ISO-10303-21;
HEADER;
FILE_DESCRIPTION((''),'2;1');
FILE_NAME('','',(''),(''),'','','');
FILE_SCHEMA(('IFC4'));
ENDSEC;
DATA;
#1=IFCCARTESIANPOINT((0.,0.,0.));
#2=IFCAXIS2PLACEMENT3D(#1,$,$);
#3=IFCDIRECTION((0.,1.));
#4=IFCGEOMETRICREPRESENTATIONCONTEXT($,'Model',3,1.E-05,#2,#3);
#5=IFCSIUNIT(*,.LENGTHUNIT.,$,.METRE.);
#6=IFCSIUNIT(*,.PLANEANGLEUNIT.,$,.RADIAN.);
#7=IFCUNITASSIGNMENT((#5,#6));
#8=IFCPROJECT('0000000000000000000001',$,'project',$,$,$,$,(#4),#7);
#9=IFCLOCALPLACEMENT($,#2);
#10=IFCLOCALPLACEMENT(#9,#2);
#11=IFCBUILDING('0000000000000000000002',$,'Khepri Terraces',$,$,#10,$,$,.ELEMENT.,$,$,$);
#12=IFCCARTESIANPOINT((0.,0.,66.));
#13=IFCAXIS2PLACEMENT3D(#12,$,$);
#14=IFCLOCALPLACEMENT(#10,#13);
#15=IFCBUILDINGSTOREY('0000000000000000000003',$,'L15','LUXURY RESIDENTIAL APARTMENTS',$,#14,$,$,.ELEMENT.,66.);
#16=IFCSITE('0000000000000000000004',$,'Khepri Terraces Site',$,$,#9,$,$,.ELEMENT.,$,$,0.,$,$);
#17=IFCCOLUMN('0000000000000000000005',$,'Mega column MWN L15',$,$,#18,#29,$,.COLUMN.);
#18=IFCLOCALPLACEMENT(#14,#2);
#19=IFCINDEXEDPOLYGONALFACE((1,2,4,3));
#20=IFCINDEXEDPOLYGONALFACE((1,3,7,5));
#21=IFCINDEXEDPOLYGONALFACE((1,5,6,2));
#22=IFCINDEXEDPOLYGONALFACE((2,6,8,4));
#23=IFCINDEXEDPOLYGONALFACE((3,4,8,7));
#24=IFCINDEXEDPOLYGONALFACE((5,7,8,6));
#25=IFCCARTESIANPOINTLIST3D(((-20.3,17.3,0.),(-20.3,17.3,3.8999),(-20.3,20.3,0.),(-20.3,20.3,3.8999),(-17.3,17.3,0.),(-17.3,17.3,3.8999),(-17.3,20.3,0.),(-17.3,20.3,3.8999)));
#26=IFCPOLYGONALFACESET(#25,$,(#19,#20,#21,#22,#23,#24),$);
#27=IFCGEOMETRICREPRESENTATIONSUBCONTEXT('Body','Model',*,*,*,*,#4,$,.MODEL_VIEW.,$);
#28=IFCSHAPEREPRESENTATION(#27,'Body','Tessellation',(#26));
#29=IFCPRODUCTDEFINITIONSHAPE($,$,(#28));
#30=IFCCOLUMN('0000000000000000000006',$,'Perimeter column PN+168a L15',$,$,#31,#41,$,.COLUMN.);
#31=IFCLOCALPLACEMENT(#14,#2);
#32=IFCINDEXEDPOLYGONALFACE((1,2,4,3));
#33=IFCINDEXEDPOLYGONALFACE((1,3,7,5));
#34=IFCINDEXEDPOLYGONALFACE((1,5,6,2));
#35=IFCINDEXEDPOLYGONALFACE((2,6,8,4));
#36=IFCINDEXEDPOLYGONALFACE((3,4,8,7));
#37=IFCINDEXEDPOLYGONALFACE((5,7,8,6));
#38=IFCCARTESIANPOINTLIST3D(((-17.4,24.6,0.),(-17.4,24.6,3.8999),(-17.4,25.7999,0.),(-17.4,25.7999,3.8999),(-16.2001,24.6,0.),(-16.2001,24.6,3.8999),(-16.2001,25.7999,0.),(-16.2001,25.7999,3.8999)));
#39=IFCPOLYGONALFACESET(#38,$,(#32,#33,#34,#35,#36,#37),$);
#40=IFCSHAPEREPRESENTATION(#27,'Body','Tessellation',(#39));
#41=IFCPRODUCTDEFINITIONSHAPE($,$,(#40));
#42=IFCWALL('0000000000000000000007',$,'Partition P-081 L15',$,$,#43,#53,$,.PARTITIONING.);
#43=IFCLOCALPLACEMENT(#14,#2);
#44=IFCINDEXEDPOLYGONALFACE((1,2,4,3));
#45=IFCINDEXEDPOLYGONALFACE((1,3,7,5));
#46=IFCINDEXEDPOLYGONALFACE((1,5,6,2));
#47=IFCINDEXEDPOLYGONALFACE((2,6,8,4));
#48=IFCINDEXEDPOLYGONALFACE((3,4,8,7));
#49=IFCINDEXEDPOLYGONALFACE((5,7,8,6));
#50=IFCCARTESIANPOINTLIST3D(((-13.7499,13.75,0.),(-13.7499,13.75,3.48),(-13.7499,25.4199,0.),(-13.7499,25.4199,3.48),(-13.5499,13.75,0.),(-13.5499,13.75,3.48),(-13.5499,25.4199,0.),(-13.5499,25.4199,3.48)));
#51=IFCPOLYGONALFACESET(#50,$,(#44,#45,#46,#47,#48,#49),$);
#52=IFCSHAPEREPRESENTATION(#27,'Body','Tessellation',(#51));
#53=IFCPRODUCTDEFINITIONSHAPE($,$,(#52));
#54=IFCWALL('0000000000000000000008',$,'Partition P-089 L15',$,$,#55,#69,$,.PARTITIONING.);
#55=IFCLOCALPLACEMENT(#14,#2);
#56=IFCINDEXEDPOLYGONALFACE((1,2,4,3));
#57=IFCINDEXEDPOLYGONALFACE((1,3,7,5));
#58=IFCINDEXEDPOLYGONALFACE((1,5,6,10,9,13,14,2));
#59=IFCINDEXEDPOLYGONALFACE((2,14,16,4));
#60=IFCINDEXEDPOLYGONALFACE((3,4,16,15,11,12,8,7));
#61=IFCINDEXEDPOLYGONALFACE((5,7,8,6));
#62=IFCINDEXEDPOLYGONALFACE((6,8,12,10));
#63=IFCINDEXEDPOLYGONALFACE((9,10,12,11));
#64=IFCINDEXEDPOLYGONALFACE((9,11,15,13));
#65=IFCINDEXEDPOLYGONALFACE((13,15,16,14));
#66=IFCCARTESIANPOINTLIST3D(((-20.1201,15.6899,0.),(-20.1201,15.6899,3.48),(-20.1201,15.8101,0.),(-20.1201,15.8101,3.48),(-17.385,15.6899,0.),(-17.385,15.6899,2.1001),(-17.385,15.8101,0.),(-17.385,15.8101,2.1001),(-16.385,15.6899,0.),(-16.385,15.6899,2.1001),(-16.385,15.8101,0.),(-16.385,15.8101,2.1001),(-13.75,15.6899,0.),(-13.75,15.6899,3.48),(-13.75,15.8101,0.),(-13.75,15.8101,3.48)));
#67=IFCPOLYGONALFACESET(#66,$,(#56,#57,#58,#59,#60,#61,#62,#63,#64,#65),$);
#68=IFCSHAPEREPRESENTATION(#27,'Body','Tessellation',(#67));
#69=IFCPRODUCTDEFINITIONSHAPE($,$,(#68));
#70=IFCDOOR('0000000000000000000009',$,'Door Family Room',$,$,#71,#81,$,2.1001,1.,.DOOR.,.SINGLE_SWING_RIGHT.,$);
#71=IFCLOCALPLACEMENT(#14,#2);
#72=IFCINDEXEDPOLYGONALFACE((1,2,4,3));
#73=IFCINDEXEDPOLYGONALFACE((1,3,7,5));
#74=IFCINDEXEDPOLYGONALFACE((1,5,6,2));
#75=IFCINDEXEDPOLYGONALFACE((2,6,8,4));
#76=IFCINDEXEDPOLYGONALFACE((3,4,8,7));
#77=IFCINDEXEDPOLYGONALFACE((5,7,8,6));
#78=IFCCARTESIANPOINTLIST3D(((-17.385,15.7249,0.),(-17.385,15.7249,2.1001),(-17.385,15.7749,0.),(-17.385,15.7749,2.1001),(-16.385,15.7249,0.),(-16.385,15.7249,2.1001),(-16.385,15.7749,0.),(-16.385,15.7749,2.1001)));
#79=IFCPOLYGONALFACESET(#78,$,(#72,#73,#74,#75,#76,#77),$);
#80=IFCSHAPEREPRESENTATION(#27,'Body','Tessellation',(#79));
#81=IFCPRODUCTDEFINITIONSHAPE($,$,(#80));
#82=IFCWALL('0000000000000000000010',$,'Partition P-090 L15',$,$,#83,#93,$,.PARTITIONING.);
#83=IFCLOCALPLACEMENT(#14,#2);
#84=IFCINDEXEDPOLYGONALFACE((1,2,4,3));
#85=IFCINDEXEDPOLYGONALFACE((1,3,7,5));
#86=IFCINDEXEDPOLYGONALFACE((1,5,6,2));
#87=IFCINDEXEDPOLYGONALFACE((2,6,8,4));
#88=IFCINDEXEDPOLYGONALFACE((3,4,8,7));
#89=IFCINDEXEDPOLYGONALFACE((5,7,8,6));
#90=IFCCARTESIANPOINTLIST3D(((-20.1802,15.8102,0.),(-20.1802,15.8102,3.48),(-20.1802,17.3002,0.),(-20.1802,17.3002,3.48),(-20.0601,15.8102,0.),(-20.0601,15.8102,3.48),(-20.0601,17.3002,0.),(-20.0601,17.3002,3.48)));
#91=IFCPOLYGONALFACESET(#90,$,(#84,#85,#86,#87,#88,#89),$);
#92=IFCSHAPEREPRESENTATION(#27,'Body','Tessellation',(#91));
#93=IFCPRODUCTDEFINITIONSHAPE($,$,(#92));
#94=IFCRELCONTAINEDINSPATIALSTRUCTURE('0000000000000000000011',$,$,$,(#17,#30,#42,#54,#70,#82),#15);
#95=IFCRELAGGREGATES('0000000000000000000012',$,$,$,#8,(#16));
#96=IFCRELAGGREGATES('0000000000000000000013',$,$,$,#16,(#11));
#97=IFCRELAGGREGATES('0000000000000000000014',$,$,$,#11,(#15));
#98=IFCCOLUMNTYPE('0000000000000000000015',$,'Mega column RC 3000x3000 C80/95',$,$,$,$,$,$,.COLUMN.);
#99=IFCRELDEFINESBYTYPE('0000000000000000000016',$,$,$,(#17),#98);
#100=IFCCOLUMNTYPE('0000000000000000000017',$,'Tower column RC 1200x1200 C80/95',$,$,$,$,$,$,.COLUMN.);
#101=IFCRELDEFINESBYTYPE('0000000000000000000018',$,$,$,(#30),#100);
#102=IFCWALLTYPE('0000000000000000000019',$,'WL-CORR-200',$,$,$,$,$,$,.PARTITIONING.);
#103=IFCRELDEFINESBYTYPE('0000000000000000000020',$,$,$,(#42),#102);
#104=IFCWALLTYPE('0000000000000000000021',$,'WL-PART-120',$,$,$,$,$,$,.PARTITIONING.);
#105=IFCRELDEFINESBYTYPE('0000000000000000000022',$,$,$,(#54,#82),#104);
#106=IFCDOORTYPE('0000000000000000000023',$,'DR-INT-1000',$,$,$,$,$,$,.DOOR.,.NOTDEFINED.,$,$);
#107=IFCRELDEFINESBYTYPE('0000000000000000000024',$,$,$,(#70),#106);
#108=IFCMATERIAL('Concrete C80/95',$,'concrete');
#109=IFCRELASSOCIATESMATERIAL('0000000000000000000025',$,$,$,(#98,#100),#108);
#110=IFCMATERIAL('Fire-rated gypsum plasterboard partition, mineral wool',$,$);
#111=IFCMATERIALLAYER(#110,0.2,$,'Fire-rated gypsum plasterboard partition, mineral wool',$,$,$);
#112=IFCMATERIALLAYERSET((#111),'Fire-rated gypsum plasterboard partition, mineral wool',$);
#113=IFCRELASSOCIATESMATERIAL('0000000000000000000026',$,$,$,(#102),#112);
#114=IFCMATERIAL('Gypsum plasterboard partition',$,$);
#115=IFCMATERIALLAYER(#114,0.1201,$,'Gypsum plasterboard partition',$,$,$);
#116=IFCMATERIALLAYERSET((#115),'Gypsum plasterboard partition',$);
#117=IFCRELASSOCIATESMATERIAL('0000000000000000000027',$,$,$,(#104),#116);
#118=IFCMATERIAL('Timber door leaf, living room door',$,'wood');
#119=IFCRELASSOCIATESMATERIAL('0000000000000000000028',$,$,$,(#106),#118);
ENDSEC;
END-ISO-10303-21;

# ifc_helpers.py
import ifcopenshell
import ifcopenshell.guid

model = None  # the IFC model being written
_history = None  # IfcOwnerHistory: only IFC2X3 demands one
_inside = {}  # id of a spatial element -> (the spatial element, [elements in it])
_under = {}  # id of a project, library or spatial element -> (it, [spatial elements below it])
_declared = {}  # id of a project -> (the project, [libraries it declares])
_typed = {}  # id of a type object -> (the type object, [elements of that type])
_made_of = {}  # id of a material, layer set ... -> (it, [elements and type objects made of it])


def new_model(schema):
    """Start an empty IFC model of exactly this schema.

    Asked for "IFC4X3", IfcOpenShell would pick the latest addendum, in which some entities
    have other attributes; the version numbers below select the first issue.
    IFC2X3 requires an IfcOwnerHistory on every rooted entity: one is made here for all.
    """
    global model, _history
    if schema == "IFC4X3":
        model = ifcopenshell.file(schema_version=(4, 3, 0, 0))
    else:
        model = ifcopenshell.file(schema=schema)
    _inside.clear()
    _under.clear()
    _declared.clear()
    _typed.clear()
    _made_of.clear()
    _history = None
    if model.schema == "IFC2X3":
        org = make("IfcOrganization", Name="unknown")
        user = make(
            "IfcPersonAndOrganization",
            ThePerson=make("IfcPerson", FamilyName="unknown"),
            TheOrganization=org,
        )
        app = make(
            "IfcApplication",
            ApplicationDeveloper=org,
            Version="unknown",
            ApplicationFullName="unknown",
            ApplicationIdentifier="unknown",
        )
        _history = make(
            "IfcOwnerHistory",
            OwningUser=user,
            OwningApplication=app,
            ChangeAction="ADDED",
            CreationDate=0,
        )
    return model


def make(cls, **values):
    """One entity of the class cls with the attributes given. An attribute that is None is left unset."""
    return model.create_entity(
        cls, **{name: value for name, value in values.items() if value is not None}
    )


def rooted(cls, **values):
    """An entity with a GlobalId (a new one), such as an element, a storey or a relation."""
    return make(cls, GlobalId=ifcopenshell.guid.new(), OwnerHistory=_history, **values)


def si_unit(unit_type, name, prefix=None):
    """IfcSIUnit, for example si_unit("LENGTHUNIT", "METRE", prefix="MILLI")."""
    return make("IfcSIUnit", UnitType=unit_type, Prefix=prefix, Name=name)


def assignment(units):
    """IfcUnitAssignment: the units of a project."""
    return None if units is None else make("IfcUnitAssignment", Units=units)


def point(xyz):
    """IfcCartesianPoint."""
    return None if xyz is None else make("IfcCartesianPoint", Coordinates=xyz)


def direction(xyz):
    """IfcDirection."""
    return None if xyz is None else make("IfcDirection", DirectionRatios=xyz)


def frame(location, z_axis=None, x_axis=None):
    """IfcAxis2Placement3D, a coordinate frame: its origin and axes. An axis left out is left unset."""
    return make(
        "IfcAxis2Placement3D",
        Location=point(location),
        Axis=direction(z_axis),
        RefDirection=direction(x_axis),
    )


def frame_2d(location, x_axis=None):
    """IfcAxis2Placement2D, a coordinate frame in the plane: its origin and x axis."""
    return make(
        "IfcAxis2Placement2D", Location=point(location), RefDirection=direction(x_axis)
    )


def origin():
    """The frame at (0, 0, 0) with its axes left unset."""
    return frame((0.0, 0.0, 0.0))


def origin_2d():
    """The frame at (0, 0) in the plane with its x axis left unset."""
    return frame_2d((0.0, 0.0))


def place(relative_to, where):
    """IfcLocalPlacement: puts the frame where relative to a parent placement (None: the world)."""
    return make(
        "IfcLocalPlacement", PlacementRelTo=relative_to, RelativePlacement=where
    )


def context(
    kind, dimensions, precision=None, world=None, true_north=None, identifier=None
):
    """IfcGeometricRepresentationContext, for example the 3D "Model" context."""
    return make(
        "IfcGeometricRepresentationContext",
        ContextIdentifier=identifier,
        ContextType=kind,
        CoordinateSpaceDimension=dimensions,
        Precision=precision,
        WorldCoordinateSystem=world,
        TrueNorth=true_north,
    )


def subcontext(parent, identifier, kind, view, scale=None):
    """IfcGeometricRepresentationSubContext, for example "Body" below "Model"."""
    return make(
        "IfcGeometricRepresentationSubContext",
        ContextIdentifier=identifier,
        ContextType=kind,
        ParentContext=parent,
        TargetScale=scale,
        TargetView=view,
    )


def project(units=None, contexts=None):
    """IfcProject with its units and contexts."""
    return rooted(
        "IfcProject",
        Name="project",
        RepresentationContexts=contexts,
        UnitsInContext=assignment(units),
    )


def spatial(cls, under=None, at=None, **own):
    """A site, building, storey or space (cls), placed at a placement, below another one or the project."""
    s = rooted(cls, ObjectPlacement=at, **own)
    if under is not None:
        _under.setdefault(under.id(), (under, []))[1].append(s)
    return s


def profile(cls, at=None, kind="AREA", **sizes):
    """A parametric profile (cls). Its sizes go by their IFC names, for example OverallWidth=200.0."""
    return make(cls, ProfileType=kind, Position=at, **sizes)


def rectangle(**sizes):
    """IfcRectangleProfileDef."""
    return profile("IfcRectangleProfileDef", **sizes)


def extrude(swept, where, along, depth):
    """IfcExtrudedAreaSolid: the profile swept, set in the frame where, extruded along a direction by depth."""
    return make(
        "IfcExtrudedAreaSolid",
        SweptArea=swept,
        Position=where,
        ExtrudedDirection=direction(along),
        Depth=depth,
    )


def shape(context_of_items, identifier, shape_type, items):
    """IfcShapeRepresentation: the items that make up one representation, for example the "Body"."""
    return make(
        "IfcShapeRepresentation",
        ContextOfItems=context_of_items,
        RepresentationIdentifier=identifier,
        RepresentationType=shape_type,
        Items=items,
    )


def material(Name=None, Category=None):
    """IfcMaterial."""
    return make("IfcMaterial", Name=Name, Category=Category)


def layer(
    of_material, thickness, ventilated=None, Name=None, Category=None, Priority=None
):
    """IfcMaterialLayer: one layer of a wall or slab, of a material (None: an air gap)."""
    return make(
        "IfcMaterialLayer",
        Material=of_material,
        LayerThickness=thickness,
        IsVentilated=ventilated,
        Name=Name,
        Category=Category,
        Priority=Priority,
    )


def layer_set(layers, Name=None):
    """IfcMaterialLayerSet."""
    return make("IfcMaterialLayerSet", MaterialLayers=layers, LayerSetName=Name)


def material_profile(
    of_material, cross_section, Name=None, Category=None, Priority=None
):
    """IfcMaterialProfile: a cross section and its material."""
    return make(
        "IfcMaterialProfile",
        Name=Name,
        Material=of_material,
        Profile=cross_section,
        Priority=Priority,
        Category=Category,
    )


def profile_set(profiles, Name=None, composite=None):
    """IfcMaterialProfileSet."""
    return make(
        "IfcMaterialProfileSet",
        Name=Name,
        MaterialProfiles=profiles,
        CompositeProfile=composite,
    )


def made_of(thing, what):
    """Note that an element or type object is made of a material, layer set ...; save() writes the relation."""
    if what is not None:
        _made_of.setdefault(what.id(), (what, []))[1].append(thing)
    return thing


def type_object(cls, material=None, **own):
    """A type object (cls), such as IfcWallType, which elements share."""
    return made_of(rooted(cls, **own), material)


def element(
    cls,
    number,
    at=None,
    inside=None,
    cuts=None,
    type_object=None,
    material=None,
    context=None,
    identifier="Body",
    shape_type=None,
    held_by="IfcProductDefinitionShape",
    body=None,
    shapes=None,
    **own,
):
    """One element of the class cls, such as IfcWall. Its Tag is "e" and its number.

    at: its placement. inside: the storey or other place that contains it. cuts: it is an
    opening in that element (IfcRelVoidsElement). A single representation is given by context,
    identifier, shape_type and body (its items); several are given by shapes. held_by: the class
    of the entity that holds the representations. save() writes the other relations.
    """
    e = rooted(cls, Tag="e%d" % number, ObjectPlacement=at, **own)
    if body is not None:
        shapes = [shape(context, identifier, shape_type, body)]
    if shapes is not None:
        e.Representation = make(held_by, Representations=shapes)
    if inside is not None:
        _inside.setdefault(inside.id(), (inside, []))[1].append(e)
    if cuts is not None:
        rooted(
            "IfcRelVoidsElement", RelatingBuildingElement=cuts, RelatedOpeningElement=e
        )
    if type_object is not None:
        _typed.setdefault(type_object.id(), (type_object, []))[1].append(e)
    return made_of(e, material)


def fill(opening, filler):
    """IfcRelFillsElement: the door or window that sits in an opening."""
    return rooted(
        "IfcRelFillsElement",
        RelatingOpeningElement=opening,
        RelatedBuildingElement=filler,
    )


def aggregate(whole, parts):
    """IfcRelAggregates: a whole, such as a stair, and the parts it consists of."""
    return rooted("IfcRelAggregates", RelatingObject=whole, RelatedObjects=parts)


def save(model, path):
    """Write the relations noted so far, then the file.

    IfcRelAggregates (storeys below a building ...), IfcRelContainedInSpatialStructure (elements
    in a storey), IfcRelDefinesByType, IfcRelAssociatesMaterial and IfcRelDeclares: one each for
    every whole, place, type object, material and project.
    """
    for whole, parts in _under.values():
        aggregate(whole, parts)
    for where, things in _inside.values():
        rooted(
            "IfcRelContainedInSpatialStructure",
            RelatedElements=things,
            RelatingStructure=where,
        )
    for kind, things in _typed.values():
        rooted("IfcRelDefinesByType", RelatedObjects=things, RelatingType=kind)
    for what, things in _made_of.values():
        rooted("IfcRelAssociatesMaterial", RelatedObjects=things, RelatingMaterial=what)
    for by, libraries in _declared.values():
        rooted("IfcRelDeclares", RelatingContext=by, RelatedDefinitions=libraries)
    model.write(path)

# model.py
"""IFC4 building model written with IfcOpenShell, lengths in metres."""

from ifc_helpers import new_model, si_unit, direction, frame, frame_2d, origin, origin_2d, place, context, subcontext, project, spatial, rectangle, extrude, material, layer, layer_set, material_profile, profile_set, type_object, element, fill, save


model = new_model("IFC4")

# Units and contexts
model_context = context("Model", 3, precision=1e-05, world=origin(), true_north=direction((0.0, 1.0)))
body_context = subcontext(model_context, "Body", "Model", "MODEL_VIEW")
ifc_project = project(units=[si_unit("LENGTHUNIT", "METRE"), si_unit("PLANEANGLEUNIT", "RADIAN")], contexts=[model_context])

# Site, building, storey
site_placement = place(None, origin())
site = spatial("IfcSite", under=ifc_project, at=site_placement, Name="Khepri Terraces Site", CompositionType="ELEMENT", RefElevation=0.0)
building_placement = place(site_placement, origin())
building = spatial("IfcBuilding", under=site, at=building_placement, Name="Khepri Terraces", CompositionType="ELEMENT")
storey_placement = place(building_placement, frame((0.0, 0.0, 66.0)))
storey = spatial("IfcBuildingStorey", under=building, at=storey_placement, Name="L15", Description="LUXURY RESIDENTIAL APARTMENTS", CompositionType="ELEMENT", Elevation=66.0)

# Columns
ifc_material_1 = material(Name="Concrete C80/95", Category="concrete")
ifc_material_profile_1 = material_profile(ifc_material_1, rectangle(XDim=3.0, YDim=3.0, at=origin_2d()), Name="Concrete C80/95", Category="concrete")
ifc_profile_set_1 = profile_set([ifc_material_profile_1], Name="Concrete C80/95")
column_type_1 = type_object("IfcColumnType", Name="Mega column RC 3000x3000 C80/95", PredefinedType="COLUMN", material=ifc_profile_set_1)
column_1_placement = place(storey_placement, frame((-18.8, 18.8, 0.0), z_axis=(0.0, 0.0, 1.0), x_axis=(1.0, 0.0, 0.0)))
element("IfcColumn", 1, at=column_1_placement, inside=storey, type_object=column_type_1, Name="Mega column MWN L15", PredefinedType="COLUMN", context=body_context, shape_type="SweptSolid", body=[
    extrude(rectangle(XDim=3.0, YDim=3.0, at=origin_2d()), origin(), (0.0, 0.0, 1.0), 3.8999),
])
ifc_material_profile_2 = material_profile(ifc_material_1, rectangle(XDim=1.2, YDim=1.2, at=origin_2d()), Name="Concrete C80/95", Category="concrete")
ifc_profile_set_2 = profile_set([ifc_material_profile_2], Name="Concrete C80/95")
column_type_2 = type_object("IfcColumnType", Name="Tower column RC 1200x1200 C80/95", PredefinedType="COLUMN", material=ifc_profile_set_2)
column_2_placement = place(storey_placement, frame((-16.8, 25.2, 0.0), z_axis=(0.0, 0.0, 1.0), x_axis=(1.0, 0.0, 0.0)))
element("IfcColumn", 2, at=column_2_placement, inside=storey, type_object=column_type_2, Name="Perimeter column PN+168a L15", PredefinedType="COLUMN", context=body_context, shape_type="SweptSolid", body=[
    extrude(rectangle(XDim=1.2, YDim=1.2, at=origin_2d()), origin(), (0.0, 0.0, 1.0), 3.8999),
])

# Wall
ifc_material_2 = material(Name="Fire-rated gypsum plasterboard partition, mineral wool")
ifc_layer_1 = layer(ifc_material_2, 0.2, Name="Fire-rated gypsum plasterboard partition, mineral wool")
ifc_layer_set_1 = layer_set([ifc_layer_1], Name="Fire-rated gypsum plasterboard partition, mineral wool")
wall_type_1 = type_object("IfcWallType", Name="WL-CORR-200", PredefinedType="PARTITIONING", material=ifc_layer_set_1)
wall_1_placement = place(storey_placement, frame((-13.6499, 13.75, 0.0), z_axis=(0.0, 0.0, 1.0), x_axis=(0.0, 1.0, 0.0)))
element("IfcWall", 3, at=wall_1_placement, inside=storey, type_object=wall_type_1, Name="Partition P-081 L15", PredefinedType="PARTITIONING", context=body_context, shape_type="SweptSolid", body=[
    extrude(rectangle(XDim=11.6699, YDim=0.2, at=frame_2d((5.835, 0.0))), origin(), (0.0, 0.0, 1.0), 3.48),
])

# Wall, opening, door
ifc_material_3 = material(Name="Gypsum plasterboard partition")
ifc_layer_2 = layer(ifc_material_3, 0.1201, Name="Gypsum plasterboard partition")
ifc_layer_set_2 = layer_set([ifc_layer_2], Name="Gypsum plasterboard partition")
wall_type_2 = type_object("IfcWallType", Name="WL-PART-120", PredefinedType="PARTITIONING", material=ifc_layer_set_2)
wall_2_placement = place(storey_placement, frame((-20.1201, 15.75, 0.0), z_axis=(0.0, 0.0, 1.0), x_axis=(1.0, 0.0, 0.0)))
wall_2 = element("IfcWall", 4, at=wall_2_placement, inside=storey, type_object=wall_type_2, Name="Partition P-089 L15", PredefinedType="PARTITIONING", context=body_context, shape_type="SweptSolid", body=[
    extrude(rectangle(XDim=6.3701, YDim=0.1201, at=frame_2d((3.1851, 0.0))), origin(), (0.0, 0.0, 1.0), 3.48),
])
opening_1_placement = place(wall_2_placement, frame((2.7351, 0.0, 0.0)))
opening_1 = element("IfcOpeningElement", 5, at=opening_1_placement, cuts=wall_2, PredefinedType="OPENING", context=body_context, shape_type="SweptSolid", body=[
    extrude(rectangle(XDim=1.0, YDim=2.1001, at=frame_2d((0.5, 1.05))), frame((0.0, 0.0701, 0.0), z_axis=(0.0, -1.0, 0.0), x_axis=(1.0, 0.0, 0.0)), (0.0, 0.0, 1.0), 0.1401),
])
ifc_material_4 = material(Name="Timber door leaf, living room door", Category="wood")
door_type_1 = type_object("IfcDoorType", Name="DR-INT-1000", OperationType="NOTDEFINED", PredefinedType="DOOR", material=ifc_material_4)
door_1_placement = place(opening_1_placement, origin())
door_1 = element("IfcDoor", 6, at=door_1_placement, inside=storey, type_object=door_type_1, Name="Door Family Room", OperationType="SINGLE_SWING_RIGHT", OverallHeight=2.1001, OverallWidth=1.0, PredefinedType="DOOR", context=body_context, shape_type="SweptSolid", body=[
    extrude(rectangle(XDim=1.0, YDim=2.1001, at=frame_2d((0.5, 1.05))), frame((0.0, 0.0249, 0.0), z_axis=(0.0, -1.0, 0.0), x_axis=(1.0, 0.0, 0.0)), (0.0, 0.0, 1.0), 0.05),
])
fill(opening_1, door_1)

# Wall
wall_3_placement = place(storey_placement, frame((-20.1201, 15.8101, 0.0), z_axis=(0.0, 0.0, 1.0), x_axis=(0.0, 1.0, 0.0)))
element("IfcWall", 7, at=wall_3_placement, inside=storey, type_object=wall_type_2, Name="Partition P-090 L15", PredefinedType="PARTITIONING", context=body_context, shape_type="SweptSolid", body=[
    extrude(rectangle(XDim=1.49, YDim=0.1201, at=frame_2d((0.7451, 0.0))), origin(), (0.0, 0.0, 1.0), 3.48),
])

save(model, "model.ifc")
